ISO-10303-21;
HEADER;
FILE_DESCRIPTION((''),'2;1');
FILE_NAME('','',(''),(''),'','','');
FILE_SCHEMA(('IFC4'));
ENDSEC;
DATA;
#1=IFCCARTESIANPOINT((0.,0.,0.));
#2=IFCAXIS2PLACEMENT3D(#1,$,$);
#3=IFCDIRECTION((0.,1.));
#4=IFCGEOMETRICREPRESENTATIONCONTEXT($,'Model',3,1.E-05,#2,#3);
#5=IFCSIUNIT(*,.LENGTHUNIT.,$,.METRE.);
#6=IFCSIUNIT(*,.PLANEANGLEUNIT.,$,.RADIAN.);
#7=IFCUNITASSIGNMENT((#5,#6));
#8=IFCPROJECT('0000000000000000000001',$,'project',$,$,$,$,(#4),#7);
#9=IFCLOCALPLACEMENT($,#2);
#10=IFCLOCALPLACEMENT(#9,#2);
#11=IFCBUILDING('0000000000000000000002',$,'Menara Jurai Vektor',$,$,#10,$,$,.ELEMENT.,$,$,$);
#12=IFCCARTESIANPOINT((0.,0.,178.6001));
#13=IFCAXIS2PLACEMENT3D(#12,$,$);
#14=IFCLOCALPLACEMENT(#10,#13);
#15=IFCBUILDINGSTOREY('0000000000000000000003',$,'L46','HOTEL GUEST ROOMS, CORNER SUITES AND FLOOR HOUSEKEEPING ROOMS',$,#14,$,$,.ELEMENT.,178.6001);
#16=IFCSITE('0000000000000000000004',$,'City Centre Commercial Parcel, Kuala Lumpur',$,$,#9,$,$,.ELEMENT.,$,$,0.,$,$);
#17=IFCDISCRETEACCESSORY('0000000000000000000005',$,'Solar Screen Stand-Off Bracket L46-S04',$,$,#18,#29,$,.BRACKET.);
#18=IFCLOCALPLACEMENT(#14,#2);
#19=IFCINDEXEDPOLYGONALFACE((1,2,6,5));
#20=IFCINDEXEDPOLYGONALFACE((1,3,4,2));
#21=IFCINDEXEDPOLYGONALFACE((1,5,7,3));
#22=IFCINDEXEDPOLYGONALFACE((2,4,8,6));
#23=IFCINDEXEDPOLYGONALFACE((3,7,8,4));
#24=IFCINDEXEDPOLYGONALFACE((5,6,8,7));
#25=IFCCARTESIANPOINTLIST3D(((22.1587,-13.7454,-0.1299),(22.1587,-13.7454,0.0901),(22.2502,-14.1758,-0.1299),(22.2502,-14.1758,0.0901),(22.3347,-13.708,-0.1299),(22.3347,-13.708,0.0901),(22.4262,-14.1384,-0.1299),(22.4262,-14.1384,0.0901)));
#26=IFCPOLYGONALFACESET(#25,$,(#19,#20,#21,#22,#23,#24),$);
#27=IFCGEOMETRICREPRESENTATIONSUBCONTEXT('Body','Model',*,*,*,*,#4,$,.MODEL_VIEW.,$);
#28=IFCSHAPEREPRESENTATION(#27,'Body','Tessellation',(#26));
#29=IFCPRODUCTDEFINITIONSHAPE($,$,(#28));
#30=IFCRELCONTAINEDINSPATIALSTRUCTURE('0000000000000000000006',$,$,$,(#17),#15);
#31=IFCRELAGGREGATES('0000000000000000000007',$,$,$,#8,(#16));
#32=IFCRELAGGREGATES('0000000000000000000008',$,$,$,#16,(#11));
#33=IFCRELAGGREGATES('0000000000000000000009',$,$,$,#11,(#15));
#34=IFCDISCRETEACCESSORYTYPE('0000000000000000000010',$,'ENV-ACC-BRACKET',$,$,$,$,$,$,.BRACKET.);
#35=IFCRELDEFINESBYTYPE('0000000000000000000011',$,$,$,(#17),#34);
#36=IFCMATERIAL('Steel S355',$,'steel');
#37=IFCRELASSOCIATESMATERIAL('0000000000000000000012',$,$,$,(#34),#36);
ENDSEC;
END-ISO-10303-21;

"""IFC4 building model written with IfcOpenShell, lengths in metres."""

from ifc_helpers import new_model, si_unit, direction, frame, origin, origin_2d, place, context, subcontext, project, spatial, rectangle, extrude, material, type_object, element, save


model = new_model("IFC4")

# Units and contexts
model_context = context("Model", 3, precision=1e-05, world=origin(), true_north=direction((0.0, 1.0)))
body_context = subcontext(model_context, "Body", "Model", "MODEL_VIEW")
ifc_project = project(units=[si_unit("LENGTHUNIT", "METRE"), si_unit("PLANEANGLEUNIT", "RADIAN")], contexts=[model_context])

# Site, building, storey
site_placement = place(None, origin())
site = spatial("IfcSite", under=ifc_project, at=site_placement, Name="City Centre Commercial Parcel, Kuala Lumpur", CompositionType="ELEMENT", RefElevation=0.0)
building_placement = place(site_placement, origin())
building = spatial("IfcBuilding", under=site, at=building_placement, Name="Menara Jurai Vektor", CompositionType="ELEMENT")
storey_placement = place(building_placement, frame((0.0, 0.0, 178.6001)))
storey = spatial("IfcBuildingStorey", under=building, at=storey_placement, Name="L46", Description="HOTEL GUEST ROOMS, CORNER SUITES AND FLOOR HOUSEKEEPING ROOMS", CompositionType="ELEMENT", Elevation=178.6001)

# Shared definitions
ifc_material_1 = material(Name="Steel S355", Category="steel")

# Discrete accessory
discrete_accessory_type = type_object("IfcDiscreteAccessoryType", Name="ENV-ACC-BRACKET", PredefinedType="BRACKET", material=ifc_material_1)
discrete_accessory_placement = place(storey_placement, frame((22.2925, -13.9419, -0.1299), z_axis=(0.0, 0.0, 1.0), x_axis=(0.978148, 0.207912, 0.0)))
element("IfcDiscreteAccessory", 1, at=discrete_accessory_placement, inside=storey, type_object=discrete_accessory_type, Name="Solar Screen Stand-Off Bracket L46-S04", PredefinedType="BRACKET", context=body_context, shape_type="SweptSolid", body=[
    extrude(rectangle(XDim=0.1799, YDim=0.4399, at=origin_2d()), origin(), (0.0, 0.0, 1.0), 0.22),
])

save(model, "model.ifc")
